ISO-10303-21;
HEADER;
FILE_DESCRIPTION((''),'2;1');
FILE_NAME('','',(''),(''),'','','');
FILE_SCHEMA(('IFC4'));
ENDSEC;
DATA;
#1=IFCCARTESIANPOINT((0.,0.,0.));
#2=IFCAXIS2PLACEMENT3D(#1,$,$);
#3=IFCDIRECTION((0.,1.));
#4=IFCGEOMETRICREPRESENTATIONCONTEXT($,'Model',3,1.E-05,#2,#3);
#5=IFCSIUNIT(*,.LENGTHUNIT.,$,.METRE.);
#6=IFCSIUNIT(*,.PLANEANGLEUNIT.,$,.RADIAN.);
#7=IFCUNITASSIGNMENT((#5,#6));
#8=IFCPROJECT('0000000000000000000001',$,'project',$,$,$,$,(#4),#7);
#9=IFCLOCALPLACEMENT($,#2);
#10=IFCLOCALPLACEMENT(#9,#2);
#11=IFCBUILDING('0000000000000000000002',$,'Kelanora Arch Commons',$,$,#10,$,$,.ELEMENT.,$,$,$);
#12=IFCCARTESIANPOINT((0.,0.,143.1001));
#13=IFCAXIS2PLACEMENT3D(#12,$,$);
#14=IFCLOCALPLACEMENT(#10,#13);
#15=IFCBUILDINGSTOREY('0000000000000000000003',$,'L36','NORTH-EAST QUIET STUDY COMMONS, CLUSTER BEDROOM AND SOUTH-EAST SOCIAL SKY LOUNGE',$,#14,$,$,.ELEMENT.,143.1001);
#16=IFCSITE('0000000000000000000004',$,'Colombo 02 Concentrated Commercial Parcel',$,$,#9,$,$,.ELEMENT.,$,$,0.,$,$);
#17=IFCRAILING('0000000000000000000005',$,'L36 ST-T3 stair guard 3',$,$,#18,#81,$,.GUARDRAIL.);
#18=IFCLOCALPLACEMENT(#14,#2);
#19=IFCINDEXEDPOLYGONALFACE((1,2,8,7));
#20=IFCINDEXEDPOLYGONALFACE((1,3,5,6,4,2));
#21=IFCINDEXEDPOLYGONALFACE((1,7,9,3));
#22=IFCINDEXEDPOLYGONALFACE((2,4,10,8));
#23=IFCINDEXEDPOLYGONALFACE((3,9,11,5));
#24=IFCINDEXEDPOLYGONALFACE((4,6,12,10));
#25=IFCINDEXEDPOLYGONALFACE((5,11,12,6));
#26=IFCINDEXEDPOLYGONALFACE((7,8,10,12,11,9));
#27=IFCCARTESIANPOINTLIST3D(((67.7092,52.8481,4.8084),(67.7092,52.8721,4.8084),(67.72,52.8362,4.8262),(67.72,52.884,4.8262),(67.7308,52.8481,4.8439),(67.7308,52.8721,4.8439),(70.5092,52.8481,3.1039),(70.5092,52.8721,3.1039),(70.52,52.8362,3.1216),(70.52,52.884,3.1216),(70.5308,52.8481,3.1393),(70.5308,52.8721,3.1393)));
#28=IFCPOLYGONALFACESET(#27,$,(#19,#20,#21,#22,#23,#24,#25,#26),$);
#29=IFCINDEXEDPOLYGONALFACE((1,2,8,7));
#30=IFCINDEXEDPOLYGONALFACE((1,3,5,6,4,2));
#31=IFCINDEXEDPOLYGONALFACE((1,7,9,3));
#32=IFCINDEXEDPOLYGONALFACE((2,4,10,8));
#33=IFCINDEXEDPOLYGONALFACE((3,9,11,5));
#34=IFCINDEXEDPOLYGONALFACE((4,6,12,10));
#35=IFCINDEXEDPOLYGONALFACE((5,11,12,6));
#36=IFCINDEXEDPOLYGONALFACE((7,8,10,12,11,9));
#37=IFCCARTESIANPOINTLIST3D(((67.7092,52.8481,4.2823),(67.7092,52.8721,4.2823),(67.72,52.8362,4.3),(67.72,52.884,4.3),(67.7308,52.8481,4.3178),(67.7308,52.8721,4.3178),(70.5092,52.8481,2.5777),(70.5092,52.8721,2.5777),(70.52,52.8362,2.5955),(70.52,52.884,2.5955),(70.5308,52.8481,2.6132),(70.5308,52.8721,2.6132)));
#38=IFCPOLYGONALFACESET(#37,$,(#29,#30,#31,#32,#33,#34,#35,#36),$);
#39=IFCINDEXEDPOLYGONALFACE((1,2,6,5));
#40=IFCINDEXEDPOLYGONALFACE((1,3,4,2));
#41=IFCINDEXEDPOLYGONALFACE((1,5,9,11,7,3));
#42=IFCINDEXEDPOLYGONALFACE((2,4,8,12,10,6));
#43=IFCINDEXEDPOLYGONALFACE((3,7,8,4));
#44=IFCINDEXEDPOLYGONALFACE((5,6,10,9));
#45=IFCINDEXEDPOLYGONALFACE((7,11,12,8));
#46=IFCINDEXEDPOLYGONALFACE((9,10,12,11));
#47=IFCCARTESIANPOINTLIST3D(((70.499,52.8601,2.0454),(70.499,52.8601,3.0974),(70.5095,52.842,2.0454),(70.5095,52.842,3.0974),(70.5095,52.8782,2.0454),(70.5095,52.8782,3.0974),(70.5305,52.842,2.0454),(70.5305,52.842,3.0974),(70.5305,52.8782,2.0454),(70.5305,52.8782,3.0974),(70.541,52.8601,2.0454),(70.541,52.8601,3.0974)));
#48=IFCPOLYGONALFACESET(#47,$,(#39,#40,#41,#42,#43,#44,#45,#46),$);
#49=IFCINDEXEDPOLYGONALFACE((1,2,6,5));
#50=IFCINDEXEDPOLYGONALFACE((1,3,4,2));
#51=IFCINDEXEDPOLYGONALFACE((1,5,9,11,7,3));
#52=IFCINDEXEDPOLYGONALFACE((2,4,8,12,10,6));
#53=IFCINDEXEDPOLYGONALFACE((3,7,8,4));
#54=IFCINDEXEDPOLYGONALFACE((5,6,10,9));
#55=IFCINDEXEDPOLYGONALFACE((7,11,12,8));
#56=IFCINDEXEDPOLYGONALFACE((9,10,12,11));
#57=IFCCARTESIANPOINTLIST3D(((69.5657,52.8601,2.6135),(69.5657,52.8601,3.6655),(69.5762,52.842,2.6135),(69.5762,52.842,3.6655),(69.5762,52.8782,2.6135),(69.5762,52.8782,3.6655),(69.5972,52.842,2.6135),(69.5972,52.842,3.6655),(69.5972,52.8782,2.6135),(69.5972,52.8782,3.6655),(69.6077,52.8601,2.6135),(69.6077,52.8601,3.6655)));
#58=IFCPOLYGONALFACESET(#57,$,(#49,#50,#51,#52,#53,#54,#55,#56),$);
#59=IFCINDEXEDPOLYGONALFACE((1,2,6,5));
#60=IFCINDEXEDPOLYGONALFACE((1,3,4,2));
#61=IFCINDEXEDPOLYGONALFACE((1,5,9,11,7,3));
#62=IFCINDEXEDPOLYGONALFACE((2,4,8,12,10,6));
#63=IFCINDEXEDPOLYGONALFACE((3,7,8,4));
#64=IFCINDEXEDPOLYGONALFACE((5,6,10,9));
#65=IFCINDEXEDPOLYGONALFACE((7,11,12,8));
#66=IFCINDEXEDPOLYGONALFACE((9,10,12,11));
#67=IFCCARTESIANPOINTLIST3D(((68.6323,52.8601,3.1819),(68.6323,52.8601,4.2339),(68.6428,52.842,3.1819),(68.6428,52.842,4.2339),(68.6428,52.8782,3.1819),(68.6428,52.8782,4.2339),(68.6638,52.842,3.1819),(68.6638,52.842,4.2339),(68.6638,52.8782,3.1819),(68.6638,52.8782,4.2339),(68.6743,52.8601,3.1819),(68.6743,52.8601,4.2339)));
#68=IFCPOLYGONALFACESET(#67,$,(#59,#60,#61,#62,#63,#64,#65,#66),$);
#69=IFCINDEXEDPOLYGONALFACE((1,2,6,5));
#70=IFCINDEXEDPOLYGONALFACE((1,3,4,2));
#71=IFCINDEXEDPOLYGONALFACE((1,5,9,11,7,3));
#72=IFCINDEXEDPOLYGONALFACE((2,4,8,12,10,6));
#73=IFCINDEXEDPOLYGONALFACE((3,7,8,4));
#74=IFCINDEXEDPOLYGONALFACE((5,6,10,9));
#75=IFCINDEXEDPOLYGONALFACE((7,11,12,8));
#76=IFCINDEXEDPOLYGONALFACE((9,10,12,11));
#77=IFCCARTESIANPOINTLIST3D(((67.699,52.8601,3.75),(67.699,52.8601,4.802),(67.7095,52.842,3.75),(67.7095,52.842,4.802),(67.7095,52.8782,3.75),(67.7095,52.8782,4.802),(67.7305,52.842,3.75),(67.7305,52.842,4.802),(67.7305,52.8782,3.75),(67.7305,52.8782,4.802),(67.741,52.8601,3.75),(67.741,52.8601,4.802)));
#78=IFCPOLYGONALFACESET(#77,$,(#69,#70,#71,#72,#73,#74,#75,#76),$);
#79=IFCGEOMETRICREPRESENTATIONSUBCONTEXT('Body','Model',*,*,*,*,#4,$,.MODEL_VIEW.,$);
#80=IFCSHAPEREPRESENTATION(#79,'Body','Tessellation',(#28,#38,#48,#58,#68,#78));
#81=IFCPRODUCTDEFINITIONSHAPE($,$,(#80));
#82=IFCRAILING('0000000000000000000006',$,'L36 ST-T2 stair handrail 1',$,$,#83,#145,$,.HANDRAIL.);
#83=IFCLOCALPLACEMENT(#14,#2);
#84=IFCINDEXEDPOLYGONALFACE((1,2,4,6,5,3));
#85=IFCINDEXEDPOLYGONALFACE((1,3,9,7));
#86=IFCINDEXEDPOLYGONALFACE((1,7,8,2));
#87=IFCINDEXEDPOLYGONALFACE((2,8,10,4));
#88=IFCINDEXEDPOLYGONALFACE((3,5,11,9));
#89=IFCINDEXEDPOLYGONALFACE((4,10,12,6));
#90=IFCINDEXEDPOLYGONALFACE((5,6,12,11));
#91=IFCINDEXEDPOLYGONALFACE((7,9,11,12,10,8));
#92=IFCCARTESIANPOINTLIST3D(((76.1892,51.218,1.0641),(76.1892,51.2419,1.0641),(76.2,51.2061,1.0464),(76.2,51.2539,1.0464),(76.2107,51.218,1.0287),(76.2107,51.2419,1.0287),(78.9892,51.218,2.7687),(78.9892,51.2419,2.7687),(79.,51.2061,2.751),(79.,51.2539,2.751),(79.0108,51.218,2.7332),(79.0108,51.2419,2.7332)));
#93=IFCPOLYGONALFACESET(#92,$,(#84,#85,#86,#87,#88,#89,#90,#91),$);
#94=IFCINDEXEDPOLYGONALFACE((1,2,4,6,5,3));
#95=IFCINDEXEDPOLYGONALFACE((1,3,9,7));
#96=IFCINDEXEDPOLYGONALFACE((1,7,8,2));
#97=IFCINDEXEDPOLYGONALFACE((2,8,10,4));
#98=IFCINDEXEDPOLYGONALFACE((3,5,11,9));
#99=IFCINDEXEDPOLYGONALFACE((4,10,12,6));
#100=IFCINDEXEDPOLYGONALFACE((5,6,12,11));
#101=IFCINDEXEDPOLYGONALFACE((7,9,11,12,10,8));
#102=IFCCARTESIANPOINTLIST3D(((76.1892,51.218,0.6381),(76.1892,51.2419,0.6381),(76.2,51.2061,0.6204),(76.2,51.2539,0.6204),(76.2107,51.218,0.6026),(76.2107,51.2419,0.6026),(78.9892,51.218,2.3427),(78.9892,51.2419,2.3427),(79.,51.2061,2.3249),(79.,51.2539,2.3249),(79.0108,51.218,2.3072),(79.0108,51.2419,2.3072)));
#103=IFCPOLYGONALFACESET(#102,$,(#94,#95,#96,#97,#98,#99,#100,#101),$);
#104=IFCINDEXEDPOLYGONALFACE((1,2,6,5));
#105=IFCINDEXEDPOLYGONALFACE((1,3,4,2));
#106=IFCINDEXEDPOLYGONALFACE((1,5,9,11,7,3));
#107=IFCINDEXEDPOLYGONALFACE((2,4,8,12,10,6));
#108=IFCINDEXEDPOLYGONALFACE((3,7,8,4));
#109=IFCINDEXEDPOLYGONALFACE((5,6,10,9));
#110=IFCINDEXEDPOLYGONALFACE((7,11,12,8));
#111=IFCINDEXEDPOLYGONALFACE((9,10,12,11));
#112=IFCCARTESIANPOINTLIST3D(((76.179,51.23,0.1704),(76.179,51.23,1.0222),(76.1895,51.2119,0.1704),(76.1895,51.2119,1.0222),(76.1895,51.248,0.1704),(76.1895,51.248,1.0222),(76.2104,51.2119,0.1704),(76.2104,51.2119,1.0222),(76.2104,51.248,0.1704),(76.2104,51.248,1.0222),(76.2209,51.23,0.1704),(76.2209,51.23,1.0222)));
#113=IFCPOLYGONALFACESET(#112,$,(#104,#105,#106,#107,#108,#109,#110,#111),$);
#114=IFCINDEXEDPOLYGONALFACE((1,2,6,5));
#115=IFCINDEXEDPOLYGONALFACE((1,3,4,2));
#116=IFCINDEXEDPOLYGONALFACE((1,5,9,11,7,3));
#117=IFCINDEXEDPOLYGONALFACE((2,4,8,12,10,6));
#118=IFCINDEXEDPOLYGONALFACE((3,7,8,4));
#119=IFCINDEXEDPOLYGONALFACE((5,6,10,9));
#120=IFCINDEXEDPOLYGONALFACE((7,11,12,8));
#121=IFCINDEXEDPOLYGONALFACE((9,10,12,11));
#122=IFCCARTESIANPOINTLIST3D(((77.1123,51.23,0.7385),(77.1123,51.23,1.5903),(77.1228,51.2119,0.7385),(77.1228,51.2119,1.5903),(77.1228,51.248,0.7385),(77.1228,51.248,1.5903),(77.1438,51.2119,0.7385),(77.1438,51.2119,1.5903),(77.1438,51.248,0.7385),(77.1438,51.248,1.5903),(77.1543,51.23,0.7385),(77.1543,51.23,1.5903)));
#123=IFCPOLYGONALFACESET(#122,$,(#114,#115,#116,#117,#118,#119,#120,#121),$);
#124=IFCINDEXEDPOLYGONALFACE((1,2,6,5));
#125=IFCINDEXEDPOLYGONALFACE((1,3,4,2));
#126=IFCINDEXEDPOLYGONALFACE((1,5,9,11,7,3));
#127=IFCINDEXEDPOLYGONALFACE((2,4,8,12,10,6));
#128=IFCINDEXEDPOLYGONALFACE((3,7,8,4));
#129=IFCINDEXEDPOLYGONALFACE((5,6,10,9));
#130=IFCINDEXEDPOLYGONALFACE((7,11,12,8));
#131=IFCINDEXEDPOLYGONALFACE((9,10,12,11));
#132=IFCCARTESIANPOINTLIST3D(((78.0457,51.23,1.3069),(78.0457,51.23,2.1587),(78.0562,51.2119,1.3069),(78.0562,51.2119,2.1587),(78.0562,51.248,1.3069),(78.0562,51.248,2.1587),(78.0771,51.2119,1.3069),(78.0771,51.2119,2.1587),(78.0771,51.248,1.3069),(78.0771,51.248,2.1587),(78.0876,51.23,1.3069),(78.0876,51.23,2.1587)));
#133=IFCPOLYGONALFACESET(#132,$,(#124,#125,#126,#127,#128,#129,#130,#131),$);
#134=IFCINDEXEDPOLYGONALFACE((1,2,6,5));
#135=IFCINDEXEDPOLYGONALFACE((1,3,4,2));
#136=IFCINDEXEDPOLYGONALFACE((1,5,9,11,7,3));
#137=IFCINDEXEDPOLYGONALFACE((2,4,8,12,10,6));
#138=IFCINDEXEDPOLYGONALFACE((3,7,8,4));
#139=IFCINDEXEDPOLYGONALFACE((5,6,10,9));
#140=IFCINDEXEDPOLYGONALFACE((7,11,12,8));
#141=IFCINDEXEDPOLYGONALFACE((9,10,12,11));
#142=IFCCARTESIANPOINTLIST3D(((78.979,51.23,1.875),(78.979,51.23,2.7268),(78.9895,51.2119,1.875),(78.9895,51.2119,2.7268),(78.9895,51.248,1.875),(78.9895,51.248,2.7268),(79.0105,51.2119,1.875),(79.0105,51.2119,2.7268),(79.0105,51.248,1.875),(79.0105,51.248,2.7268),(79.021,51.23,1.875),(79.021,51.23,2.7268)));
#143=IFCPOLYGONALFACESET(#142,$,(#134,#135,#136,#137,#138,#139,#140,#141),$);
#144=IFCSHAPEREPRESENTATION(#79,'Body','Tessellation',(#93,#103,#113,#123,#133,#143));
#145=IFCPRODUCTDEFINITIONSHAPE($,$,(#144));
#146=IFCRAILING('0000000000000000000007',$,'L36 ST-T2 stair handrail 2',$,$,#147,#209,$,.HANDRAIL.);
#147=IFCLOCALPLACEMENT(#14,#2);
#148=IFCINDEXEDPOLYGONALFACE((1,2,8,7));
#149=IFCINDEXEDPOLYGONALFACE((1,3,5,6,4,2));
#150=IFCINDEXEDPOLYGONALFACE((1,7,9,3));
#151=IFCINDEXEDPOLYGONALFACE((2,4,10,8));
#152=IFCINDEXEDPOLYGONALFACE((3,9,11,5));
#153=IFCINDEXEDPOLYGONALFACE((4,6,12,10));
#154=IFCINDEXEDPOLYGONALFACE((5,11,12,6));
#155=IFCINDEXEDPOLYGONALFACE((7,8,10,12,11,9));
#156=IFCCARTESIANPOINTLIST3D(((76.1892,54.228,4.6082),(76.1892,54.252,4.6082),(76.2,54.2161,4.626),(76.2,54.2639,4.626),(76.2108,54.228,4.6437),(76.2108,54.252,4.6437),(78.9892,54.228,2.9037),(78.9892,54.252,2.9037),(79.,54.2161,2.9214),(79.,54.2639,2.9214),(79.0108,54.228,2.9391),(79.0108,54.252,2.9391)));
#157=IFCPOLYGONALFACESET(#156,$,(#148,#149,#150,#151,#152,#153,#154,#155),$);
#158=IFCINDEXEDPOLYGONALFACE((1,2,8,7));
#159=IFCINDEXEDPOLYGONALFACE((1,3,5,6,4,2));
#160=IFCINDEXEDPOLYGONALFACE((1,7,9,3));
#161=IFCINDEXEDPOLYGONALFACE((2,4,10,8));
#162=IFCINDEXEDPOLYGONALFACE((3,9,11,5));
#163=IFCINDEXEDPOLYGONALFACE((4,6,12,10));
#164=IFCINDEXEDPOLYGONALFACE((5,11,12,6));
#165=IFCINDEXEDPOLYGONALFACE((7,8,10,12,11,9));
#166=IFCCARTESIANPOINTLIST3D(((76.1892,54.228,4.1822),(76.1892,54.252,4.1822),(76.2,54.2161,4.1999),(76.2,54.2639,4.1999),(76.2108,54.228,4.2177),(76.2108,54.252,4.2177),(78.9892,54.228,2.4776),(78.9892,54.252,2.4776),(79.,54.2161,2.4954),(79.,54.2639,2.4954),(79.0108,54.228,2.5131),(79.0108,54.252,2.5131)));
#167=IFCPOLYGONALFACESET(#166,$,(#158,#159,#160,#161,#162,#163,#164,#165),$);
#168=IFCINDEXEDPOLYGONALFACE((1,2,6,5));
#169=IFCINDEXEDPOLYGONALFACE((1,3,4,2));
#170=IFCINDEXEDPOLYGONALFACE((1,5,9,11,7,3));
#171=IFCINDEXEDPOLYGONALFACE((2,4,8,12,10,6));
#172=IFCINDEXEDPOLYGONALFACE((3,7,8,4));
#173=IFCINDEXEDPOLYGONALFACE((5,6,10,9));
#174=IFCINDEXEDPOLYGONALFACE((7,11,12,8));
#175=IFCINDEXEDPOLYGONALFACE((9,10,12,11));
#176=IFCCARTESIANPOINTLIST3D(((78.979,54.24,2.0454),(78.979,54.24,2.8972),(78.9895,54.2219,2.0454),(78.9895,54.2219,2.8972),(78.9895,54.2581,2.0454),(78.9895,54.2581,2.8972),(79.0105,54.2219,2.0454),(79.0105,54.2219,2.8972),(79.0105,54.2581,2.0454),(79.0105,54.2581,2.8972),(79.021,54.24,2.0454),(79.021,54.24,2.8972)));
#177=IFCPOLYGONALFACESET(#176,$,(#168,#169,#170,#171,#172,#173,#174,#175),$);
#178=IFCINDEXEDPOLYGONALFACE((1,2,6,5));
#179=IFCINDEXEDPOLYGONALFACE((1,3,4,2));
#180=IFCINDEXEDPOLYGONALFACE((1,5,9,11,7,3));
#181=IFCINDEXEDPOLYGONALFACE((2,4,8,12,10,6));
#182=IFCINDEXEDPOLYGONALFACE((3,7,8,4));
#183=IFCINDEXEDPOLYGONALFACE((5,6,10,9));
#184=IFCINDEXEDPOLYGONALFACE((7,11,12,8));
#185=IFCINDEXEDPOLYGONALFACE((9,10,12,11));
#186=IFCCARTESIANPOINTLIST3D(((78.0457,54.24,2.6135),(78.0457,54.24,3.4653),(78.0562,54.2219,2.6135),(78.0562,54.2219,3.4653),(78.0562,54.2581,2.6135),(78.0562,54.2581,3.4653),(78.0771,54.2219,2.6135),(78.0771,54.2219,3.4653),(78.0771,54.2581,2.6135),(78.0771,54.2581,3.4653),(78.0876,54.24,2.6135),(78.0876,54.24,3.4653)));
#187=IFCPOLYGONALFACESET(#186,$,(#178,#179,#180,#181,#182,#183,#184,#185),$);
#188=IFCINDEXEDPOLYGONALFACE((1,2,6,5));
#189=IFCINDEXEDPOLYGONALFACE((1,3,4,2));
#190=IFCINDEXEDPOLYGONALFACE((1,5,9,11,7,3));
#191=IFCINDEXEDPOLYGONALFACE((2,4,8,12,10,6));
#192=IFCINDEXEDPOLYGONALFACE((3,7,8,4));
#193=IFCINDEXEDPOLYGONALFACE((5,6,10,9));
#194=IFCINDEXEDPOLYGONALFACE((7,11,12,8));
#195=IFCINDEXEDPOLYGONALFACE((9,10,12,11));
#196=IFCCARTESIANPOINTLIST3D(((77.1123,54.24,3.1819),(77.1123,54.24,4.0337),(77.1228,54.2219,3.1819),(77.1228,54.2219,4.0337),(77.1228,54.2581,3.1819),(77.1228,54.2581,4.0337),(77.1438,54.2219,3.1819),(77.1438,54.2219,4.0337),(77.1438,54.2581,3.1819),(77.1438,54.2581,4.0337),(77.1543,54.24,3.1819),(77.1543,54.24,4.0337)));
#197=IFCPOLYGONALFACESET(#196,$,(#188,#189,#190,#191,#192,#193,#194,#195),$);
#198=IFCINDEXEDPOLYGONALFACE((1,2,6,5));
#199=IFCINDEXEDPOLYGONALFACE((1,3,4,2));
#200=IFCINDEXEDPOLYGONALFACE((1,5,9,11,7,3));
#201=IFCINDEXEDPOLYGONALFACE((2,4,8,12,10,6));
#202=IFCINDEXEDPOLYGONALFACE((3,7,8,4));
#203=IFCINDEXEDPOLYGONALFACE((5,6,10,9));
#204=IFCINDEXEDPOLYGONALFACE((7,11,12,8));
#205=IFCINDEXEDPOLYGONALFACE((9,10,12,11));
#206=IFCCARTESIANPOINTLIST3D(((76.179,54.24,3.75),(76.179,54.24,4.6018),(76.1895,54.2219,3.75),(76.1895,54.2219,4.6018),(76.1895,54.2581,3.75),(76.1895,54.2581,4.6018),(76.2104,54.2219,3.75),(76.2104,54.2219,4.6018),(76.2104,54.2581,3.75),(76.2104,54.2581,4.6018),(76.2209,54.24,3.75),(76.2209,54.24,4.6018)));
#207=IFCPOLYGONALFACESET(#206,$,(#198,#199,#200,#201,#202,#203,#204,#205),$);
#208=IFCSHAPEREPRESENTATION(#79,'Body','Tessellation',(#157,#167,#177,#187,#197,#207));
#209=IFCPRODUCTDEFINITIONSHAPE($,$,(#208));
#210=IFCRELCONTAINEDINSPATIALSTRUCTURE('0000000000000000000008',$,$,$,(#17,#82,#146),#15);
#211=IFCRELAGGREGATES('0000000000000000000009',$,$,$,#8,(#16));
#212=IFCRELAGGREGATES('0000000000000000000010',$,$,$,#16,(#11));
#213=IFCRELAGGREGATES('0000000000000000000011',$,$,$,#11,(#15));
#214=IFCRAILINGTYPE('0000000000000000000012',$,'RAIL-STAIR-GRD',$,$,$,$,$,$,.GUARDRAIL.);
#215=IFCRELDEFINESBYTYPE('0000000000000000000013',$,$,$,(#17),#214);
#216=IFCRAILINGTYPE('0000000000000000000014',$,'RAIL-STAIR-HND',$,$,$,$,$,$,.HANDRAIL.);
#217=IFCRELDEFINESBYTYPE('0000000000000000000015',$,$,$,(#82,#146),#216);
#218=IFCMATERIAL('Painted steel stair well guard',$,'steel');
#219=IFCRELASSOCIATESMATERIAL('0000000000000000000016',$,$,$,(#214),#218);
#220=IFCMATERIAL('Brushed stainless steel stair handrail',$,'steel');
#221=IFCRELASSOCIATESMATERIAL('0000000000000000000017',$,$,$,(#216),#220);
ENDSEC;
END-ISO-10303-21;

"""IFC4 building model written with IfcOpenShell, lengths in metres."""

from ifc_helpers import new_model, si_unit, direction, frame, origin, place, context, subcontext, project, spatial, polyline, outline, extrude, material, type_object, element, save


model = new_model("IFC4")

# Units and contexts
model_context = context("Model", 3, precision=1e-05, world=origin(), true_north=direction((0.0, 1.0)))
body_context = subcontext(model_context, "Body", "Model", "MODEL_VIEW")
ifc_project = project(units=[si_unit("LENGTHUNIT", "METRE"), si_unit("PLANEANGLEUNIT", "RADIAN")], contexts=[model_context])

# Site, building, storey
site_placement = place(None, origin())
site = spatial("IfcSite", under=ifc_project, at=site_placement, Name="Colombo 02 Concentrated Commercial Parcel", CompositionType="ELEMENT", RefElevation=0.0)
building_placement = place(site_placement, origin())
building = spatial("IfcBuilding", under=site, at=building_placement, Name="Kelanora Arch Commons", CompositionType="ELEMENT")
storey_placement = place(building_placement, frame((0.0, 0.0, 143.1001)))
storey = spatial("IfcBuildingStorey", under=building, at=storey_placement, Name="L36", Description="NORTH-EAST QUIET STUDY COMMONS, CLUSTER BEDROOM AND SOUTH-EAST SOCIAL SKY LOUNGE", CompositionType="ELEMENT", Elevation=143.1001)

# Railings
ifc_material_1 = material(Name="Painted steel stair well guard", Category="steel")
railing_type_1 = type_object("IfcRailingType", Name="RAIL-STAIR-GRD", PredefinedType="GUARDRAIL", material=ifc_material_1)
railing_1_placement = place(storey_placement, frame((70.52, 52.8601, 2.0454)))
element("IfcRailing", 1, at=railing_1_placement, inside=storey, type_object=railing_type_1, Name="L36 ST-T3 stair guard 3", PredefinedType="GUARDRAIL", context=body_context, shape_type="SweptSolid", body=[
    extrude(outline(polyline([(0.0239, 0.0), (0.012, 0.0208), (-0.012, 0.0208), (-0.0239, 0.0), (-0.012, -0.0208), (0.012, -0.0208), (0.0239, 0.0)])), frame((0.0, 0.0, 1.0762), z_axis=(-0.85417, 0.0, 0.519994), x_axis=(0.0, -1.0, 0.0)), (0.0, 0.0, 1.0), 3.2781),
    extrude(outline(polyline([(0.0239, 0.0), (0.012, 0.0208), (-0.012, 0.0208), (-0.0239, 0.0), (-0.012, -0.0208), (0.012, -0.0208), (0.0239, 0.0)])), frame((0.0, 0.0, 0.55), z_axis=(-0.85417, 0.0, 0.519994), x_axis=(0.0, -1.0, 0.0)), (0.0, 0.0, 1.0), 3.2781),
    extrude(outline(polyline([(0.021, 0.0), (0.0105, 0.0181), (-0.0105, 0.0181), (-0.021, 0.0), (-0.0105, -0.0181), (0.0105, -0.0181), (0.021, 0.0)])), origin(), (0.0, 0.0, 1.0), 1.052),
    extrude(outline(polyline([(0.021, 0.0), (0.0105, 0.0181), (-0.0105, 0.0181), (-0.021, 0.0), (-0.0105, -0.0181), (0.0105, -0.0181), (0.021, 0.0)])), frame((-0.9333, 0.0, 0.5681)), (0.0, 0.0, 1.0), 1.052),
    extrude(outline(polyline([(0.021, 0.0), (0.0105, 0.0181), (-0.0105, 0.0181), (-0.021, 0.0), (-0.0105, -0.0181), (0.0105, -0.0181), (0.021, 0.0)])), frame((-1.8667, 0.0, 1.1365)), (0.0, 0.0, 1.0), 1.052),
    extrude(outline(polyline([(0.021, 0.0), (0.0105, 0.0181), (-0.0105, 0.0181), (-0.021, 0.0), (-0.0105, -0.0181), (0.0105, -0.0181), (0.021, 0.0)])), frame((-2.8, 0.0, 1.7046)), (0.0, 0.0, 1.0), 1.052),
])
ifc_material_2 = material(Name="Brushed stainless steel stair handrail", Category="steel")
railing_type_2 = type_object("IfcRailingType", Name="RAIL-STAIR-HND", PredefinedType="HANDRAIL", material=ifc_material_2)
railing_2_placement = place(storey_placement, frame((76.2, 51.23, 0.1704)))
element("IfcRailing", 2, at=railing_2_placement, inside=storey, type_object=railing_type_2, Name="L36 ST-T2 stair handrail 1", PredefinedType="HANDRAIL", context=body_context, shape_type="SweptSolid", body=[
    extrude(outline(polyline([(0.0239, 0.0), (0.012, 0.0208), (-0.012, 0.0208), (-0.0239, 0.0), (-0.012, -0.0208), (0.012, -0.0208), (0.0239, 0.0)])), frame((0.0, 0.0, 0.876), z_axis=(0.85417, 0.0, 0.519994), x_axis=(0.0, 1.0, 0.0)), (0.0, 0.0, 1.0), 3.2781),
    extrude(outline(polyline([(0.0239, 0.0), (0.012, 0.0208), (-0.012, 0.0208), (-0.0239, 0.0), (-0.012, -0.0208), (0.012, -0.0208), (0.0239, 0.0)])), frame((0.0, 0.0, 0.45), z_axis=(0.85417, 0.0, 0.519994), x_axis=(0.0, 1.0, 0.0)), (0.0, 0.0, 1.0), 3.2781),
    extrude(outline(polyline([(0.021, 0.0), (0.0105, 0.0181), (-0.0105, 0.0181), (-0.021, 0.0), (-0.0105, -0.0181), (0.0105, -0.0181), (0.021, 0.0)])), origin(), (0.0, 0.0, 1.0), 0.8518),
    extrude(outline(polyline([(0.021, 0.0), (0.0105, 0.0181), (-0.0105, 0.0181), (-0.021, 0.0), (-0.0105, -0.0181), (0.0105, -0.0181), (0.021, 0.0)])), frame((0.9333, 0.0, 0.5681)), (0.0, 0.0, 1.0), 0.8518),
    extrude(outline(polyline([(0.021, 0.0), (0.0105, 0.0181), (-0.0105, 0.0181), (-0.021, 0.0), (-0.0105, -0.0181), (0.0105, -0.0181), (0.021, 0.0)])), frame((1.8667, 0.0, 1.1365)), (0.0, 0.0, 1.0), 0.8518),
    extrude(outline(polyline([(0.021, 0.0), (0.0105, 0.0181), (-0.0105, 0.0181), (-0.021, 0.0), (-0.0105, -0.0181), (0.0105, -0.0181), (0.021, 0.0)])), frame((2.8, 0.0, 1.7046)), (0.0, 0.0, 1.0), 0.8518),
])
railing_3_placement = place(storey_placement, frame((79.0, 54.24, 2.0454)))
element("IfcRailing", 3, at=railing_3_placement, inside=storey, type_object=railing_type_2, Name="L36 ST-T2 stair handrail 2", PredefinedType="HANDRAIL", context=body_context, shape_type="SweptSolid", body=[
    extrude(outline(polyline([(0.0239, 0.0), (0.012, 0.0208), (-0.012, 0.0208), (-0.0239, 0.0), (-0.012, -0.0208), (0.012, -0.0208), (0.0239, 0.0)])), frame((0.0, 0.0, 0.876), z_axis=(-0.85417, 0.0, 0.519994), x_axis=(0.0, -1.0, 0.0)), (0.0, 0.0, 1.0), 3.2781),
    extrude(outline(polyline([(0.0239, 0.0), (0.012, 0.0208), (-0.012, 0.0208), (-0.0239, 0.0), (-0.012, -0.0208), (0.012, -0.0208), (0.0239, 0.0)])), frame((0.0, 0.0, 0.45), z_axis=(-0.85417, 0.0, 0.519994), x_axis=(0.0, -1.0, 0.0)), (0.0, 0.0, 1.0), 3.2781),
    extrude(outline(polyline([(0.021, 0.0), (0.0105, 0.0181), (-0.0105, 0.0181), (-0.021, 0.0), (-0.0105, -0.0181), (0.0105, -0.0181), (0.021, 0.0)])), origin(), (0.0, 0.0, 1.0), 0.8518),
    extrude(outline(polyline([(0.021, 0.0), (0.0105, 0.0181), (-0.0105, 0.0181), (-0.021, 0.0), (-0.0105, -0.0181), (0.0105, -0.0181), (0.021, 0.0)])), frame((-0.9333, 0.0, 0.5681)), (0.0, 0.0, 1.0), 0.8518),
    extrude(outline(polyline([(0.021, 0.0), (0.0105, 0.0181), (-0.0105, 0.0181), (-0.021, 0.0), (-0.0105, -0.0181), (0.0105, -0.0181), (0.021, 0.0)])), frame((-1.8667, 0.0, 1.1365)), (0.0, 0.0, 1.0), 0.8518),
    extrude(outline(polyline([(0.021, 0.0), (0.0105, 0.0181), (-0.0105, 0.0181), (-0.021, 0.0), (-0.0105, -0.0181), (0.0105, -0.0181), (0.021, 0.0)])), frame((-2.8, 0.0, 1.7046)), (0.0, 0.0, 1.0), 0.8518),
])

save(model, "model.ifc")
